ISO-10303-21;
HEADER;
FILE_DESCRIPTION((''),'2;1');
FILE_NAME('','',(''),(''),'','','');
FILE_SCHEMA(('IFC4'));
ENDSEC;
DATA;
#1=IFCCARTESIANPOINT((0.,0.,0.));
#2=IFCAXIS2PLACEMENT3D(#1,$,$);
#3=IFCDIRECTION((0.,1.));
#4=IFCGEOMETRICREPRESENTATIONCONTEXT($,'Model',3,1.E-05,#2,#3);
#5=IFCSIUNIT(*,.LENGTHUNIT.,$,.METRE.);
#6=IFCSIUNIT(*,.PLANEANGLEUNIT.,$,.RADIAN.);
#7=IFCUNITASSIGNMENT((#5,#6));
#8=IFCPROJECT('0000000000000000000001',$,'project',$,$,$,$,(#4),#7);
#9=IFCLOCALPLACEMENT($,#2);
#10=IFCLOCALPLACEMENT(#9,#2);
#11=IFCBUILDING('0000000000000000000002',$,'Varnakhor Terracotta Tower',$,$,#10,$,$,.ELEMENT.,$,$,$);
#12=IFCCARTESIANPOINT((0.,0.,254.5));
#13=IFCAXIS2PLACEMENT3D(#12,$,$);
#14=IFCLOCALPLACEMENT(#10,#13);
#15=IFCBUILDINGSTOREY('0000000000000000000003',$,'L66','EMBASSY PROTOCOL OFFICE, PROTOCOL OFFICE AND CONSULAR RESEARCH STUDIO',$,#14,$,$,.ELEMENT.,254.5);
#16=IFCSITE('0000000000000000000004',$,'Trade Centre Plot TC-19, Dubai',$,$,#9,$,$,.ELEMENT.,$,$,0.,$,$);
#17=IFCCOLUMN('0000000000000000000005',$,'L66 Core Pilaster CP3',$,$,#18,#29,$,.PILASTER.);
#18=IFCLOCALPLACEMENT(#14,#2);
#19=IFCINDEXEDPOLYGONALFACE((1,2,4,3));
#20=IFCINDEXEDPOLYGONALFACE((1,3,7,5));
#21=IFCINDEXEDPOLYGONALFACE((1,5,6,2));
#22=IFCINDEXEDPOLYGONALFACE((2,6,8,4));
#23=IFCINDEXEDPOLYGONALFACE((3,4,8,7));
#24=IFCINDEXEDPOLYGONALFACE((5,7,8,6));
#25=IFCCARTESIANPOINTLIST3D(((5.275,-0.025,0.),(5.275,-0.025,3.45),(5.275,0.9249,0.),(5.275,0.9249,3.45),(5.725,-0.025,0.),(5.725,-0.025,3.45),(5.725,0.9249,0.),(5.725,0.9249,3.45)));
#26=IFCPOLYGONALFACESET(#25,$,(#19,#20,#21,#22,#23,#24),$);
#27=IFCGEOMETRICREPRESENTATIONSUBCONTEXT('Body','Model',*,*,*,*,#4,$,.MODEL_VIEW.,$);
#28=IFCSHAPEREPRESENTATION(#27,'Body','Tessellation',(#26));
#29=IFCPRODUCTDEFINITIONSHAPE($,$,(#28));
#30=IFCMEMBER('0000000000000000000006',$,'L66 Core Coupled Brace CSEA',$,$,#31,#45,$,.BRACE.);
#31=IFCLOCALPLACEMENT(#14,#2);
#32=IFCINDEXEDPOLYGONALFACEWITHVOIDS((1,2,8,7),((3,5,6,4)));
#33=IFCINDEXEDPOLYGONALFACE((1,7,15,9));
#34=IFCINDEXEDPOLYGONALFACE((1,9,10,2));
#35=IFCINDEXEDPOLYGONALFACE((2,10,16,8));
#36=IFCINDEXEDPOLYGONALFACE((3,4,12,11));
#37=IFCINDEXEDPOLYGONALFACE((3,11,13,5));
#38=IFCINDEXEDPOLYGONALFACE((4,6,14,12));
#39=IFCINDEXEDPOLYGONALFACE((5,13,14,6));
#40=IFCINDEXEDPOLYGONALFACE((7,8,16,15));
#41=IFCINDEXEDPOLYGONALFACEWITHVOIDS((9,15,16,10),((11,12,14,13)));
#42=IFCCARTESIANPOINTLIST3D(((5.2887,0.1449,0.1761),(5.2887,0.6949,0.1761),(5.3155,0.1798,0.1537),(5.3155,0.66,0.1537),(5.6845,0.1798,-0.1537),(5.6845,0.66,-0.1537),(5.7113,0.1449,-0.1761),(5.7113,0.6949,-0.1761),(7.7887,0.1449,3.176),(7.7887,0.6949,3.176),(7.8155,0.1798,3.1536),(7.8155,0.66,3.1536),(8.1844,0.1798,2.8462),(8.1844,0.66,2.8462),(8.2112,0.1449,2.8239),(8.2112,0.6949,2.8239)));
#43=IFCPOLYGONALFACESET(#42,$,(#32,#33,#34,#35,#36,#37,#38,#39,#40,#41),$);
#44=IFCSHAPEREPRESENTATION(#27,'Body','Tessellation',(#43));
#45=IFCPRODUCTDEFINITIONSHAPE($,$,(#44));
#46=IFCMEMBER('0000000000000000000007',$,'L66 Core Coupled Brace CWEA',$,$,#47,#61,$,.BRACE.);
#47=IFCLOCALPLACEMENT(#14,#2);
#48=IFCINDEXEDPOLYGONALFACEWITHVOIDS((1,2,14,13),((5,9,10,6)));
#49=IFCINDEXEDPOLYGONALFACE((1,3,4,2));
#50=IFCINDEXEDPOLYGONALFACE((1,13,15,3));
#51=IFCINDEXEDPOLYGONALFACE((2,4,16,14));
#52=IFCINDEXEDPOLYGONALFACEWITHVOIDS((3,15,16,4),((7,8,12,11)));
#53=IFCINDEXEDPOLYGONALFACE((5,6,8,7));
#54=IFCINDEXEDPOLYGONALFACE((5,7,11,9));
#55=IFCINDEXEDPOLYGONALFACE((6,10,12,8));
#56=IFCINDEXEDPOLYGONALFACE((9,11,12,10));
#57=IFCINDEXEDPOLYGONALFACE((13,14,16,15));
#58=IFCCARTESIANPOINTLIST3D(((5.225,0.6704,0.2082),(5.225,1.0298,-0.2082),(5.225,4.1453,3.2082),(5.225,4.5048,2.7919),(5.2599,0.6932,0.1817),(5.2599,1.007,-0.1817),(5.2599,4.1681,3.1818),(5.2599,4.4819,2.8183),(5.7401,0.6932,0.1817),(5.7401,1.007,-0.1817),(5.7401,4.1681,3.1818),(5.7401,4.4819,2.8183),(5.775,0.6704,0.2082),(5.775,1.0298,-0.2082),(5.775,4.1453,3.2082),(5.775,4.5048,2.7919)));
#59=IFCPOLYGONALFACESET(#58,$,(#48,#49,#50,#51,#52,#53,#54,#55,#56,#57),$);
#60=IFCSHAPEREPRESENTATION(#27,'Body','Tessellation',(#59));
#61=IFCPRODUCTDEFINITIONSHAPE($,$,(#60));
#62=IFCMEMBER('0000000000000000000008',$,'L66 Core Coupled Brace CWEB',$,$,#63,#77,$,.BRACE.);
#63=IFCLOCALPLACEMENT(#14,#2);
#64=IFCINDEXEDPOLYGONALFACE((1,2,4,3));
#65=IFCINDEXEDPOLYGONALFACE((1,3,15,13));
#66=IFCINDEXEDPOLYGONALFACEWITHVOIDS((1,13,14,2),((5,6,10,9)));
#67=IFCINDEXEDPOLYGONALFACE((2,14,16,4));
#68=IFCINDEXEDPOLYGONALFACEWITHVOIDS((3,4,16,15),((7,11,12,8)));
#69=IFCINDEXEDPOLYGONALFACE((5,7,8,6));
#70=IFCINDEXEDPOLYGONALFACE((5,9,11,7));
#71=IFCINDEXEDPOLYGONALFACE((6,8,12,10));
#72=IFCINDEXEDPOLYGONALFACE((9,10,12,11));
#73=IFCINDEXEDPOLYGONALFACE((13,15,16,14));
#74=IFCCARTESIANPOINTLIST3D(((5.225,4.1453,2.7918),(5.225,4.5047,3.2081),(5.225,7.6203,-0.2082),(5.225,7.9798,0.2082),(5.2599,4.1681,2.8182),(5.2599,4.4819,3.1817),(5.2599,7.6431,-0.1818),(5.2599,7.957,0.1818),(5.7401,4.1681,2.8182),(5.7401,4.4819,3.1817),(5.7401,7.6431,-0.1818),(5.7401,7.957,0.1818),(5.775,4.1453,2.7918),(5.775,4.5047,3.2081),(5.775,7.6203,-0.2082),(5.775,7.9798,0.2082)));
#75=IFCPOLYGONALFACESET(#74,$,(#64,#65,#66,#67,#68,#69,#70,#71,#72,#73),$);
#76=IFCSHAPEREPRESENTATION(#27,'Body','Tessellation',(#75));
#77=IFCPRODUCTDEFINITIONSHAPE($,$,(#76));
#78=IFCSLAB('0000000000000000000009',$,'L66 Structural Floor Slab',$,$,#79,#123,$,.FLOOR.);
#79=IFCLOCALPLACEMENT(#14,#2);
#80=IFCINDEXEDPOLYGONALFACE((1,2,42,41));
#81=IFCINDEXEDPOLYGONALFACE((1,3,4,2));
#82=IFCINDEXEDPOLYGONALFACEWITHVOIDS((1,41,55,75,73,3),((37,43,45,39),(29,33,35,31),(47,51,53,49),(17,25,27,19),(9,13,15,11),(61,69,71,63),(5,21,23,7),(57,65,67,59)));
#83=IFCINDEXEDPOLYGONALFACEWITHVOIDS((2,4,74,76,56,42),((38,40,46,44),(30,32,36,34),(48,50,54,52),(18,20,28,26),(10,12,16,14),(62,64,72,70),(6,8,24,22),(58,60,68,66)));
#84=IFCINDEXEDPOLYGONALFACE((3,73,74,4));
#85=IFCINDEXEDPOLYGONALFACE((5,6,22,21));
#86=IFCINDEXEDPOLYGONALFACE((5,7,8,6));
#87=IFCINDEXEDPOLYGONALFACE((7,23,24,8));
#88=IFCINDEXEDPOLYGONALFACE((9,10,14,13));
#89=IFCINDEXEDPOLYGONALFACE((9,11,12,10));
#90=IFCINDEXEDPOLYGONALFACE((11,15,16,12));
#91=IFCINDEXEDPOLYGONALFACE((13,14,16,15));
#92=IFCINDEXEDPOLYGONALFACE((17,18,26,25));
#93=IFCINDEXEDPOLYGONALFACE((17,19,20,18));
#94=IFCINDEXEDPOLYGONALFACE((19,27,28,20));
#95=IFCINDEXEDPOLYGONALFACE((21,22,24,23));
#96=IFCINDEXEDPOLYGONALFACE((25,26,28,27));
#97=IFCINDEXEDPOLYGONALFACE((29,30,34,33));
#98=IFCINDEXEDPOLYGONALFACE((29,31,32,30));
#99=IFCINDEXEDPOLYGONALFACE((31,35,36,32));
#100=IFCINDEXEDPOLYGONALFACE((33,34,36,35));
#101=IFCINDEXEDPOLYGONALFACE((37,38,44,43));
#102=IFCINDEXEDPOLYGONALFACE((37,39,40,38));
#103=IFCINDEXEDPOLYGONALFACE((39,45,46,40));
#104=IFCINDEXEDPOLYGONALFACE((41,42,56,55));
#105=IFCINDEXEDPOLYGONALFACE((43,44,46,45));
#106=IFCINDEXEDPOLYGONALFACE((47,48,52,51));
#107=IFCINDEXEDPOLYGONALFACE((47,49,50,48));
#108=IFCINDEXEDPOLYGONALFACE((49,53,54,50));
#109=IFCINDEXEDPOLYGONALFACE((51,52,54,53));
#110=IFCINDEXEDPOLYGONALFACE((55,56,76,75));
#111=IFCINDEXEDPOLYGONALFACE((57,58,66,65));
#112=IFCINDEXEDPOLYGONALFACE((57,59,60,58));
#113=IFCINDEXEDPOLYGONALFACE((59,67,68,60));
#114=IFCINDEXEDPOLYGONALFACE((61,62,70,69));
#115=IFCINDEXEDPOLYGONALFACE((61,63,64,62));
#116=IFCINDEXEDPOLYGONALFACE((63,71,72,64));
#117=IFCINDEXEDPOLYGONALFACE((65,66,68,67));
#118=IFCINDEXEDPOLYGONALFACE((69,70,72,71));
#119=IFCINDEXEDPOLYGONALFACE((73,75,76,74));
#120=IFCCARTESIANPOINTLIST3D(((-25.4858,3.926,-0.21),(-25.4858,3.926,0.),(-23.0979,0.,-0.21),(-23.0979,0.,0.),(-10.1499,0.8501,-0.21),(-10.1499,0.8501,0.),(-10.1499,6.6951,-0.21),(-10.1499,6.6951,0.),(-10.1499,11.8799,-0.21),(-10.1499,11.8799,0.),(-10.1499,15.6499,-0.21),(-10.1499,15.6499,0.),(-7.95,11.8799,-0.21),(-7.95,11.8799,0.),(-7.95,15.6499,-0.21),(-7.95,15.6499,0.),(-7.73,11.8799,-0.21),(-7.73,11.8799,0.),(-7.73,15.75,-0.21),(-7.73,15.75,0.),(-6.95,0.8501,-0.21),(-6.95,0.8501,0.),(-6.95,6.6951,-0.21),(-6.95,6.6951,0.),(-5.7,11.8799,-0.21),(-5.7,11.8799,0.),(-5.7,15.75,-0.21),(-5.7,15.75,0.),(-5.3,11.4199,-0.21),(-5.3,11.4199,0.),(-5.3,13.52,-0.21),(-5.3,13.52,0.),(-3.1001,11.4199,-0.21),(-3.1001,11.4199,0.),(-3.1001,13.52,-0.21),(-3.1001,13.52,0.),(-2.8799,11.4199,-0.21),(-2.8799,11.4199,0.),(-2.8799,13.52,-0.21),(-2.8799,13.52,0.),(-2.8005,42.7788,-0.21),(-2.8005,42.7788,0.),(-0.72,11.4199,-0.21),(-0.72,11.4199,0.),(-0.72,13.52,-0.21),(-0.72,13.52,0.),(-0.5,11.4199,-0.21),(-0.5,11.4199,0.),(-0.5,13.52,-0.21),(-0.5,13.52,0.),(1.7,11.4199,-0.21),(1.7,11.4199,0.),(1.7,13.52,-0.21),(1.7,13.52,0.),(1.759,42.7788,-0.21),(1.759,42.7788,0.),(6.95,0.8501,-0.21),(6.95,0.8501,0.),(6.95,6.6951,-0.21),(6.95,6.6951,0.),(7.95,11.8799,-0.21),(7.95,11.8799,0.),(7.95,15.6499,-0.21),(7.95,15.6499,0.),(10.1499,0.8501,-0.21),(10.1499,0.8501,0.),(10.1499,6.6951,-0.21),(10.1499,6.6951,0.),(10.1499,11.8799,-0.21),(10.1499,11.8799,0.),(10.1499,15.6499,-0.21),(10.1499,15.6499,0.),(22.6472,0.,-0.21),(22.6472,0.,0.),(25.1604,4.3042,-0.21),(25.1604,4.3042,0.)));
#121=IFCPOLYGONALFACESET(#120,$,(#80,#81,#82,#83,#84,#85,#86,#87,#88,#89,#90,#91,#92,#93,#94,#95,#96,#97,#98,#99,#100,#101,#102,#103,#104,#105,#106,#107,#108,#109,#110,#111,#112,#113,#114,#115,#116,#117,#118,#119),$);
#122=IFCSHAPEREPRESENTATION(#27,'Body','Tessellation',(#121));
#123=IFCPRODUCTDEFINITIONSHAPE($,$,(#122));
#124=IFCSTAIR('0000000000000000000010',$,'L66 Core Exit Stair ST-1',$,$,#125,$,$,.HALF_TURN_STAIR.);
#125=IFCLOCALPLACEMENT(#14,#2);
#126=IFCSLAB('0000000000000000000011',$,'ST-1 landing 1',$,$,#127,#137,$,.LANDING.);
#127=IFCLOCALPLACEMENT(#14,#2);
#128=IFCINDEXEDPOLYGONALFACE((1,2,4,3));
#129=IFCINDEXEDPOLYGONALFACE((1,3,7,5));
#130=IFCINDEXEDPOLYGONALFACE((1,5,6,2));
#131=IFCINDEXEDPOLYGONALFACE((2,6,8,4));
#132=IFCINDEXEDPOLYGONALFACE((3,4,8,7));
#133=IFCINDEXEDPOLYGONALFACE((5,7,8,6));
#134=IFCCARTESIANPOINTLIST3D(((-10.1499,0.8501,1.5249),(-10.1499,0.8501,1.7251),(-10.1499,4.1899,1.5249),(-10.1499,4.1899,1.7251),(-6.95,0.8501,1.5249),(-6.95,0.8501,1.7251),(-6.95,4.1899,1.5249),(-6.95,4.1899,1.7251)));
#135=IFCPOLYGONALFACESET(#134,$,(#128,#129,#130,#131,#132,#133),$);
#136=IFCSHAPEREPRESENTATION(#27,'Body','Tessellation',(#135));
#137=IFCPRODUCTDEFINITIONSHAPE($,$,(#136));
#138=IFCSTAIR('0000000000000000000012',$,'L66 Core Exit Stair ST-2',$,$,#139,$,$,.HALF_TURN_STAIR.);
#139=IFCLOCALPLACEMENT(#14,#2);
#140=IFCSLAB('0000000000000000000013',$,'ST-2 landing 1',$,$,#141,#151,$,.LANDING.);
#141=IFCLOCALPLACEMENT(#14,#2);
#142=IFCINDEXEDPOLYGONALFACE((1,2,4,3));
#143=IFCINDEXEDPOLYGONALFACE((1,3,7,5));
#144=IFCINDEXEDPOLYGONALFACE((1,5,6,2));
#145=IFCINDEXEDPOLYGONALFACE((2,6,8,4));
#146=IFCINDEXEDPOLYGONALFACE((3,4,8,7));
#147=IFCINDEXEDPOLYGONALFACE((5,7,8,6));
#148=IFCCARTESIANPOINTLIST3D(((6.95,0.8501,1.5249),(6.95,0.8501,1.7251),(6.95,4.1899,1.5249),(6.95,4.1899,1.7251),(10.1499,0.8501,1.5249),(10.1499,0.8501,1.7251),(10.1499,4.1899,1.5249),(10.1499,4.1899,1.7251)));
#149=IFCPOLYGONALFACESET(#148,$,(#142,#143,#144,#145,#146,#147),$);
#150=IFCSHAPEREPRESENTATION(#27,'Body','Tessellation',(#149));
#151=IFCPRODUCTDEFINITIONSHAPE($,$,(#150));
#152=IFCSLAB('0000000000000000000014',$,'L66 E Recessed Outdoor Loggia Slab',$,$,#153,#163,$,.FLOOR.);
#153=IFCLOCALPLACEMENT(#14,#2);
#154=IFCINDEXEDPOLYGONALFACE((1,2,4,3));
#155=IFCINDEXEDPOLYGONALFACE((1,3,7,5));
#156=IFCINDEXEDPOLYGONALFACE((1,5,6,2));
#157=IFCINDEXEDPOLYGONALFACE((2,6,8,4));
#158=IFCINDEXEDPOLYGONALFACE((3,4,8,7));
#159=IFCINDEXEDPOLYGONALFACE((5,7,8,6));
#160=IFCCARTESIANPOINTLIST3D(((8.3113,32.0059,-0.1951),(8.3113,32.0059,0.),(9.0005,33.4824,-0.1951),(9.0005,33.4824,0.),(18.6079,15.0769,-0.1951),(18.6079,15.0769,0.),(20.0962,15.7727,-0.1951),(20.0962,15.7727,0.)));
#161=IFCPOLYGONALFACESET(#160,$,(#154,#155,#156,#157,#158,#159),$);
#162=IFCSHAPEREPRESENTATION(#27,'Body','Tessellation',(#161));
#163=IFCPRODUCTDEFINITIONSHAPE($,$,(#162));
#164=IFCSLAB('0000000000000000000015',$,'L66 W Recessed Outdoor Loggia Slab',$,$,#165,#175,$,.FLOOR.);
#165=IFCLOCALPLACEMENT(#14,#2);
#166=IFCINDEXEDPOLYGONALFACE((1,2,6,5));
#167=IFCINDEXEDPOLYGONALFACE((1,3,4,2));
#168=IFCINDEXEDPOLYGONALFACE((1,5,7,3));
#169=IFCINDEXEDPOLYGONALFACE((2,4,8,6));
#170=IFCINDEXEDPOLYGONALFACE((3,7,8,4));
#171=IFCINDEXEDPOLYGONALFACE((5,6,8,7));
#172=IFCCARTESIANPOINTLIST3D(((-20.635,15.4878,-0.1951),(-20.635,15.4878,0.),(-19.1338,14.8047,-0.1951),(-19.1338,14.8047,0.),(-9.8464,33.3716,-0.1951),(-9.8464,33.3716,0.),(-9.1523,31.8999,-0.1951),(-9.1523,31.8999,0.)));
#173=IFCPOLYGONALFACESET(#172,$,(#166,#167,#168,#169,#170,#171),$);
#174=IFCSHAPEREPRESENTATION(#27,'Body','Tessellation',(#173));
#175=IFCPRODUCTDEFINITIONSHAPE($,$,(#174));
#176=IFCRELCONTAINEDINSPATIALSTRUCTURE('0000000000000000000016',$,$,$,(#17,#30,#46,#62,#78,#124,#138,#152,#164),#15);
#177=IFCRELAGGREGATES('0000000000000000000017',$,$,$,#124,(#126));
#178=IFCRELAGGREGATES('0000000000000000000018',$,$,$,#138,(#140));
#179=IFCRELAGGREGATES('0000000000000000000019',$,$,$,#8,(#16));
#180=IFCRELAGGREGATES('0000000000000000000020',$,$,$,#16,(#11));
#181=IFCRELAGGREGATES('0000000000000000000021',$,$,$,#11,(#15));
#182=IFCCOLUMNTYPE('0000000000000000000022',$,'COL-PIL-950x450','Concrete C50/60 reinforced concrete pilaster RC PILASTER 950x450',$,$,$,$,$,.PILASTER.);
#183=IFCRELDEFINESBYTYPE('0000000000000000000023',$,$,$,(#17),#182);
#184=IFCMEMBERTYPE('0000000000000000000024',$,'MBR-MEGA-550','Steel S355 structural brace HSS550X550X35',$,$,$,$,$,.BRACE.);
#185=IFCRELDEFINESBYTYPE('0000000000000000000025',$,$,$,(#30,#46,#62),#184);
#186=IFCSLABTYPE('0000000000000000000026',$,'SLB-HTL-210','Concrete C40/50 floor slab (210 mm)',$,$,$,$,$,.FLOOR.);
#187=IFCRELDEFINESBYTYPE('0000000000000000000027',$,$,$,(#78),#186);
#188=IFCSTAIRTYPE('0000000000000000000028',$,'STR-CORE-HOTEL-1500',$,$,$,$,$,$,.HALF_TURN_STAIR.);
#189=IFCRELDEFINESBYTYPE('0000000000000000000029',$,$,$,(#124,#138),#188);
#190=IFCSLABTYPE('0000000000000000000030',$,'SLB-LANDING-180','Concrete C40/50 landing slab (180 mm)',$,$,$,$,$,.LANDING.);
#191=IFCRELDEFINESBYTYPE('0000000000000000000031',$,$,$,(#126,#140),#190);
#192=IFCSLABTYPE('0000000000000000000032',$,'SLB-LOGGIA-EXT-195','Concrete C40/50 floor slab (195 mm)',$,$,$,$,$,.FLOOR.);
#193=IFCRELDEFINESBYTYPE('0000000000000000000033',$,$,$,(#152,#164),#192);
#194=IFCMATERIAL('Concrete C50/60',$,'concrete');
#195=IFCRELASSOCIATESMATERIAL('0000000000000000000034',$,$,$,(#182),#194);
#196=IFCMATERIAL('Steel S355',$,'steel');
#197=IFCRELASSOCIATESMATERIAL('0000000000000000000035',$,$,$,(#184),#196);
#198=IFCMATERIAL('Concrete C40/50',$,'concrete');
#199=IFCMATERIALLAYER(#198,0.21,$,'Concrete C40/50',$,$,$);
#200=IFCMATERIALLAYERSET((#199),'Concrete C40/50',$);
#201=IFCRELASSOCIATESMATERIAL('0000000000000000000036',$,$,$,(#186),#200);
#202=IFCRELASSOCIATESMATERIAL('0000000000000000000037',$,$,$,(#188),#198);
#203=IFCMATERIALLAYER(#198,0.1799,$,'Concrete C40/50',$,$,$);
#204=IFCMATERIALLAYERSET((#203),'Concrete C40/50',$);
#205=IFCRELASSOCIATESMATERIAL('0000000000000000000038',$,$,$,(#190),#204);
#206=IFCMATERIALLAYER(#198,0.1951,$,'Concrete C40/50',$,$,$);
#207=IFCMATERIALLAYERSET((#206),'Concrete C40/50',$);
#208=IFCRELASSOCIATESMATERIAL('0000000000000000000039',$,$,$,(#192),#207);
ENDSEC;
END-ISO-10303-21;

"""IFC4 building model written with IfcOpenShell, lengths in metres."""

from ifc_helpers import new_model, si_unit, direction, frame, origin, origin_2d, place, context, subcontext, project, spatial, polyline, rectangle, hollow_rectangle, outline, extrude, source, transform, mapped, material, layer, layer_set, material_profile, profile_set, type_object, element, aggregate, save


model = new_model("IFC4")

# Units and contexts
model_context = context("Model", 3, precision=1e-05, world=origin(), true_north=direction((0.0, 1.0)))
body_context = subcontext(model_context, "Body", "Model", "MODEL_VIEW")
ifc_project = project(units=[si_unit("LENGTHUNIT", "METRE"), si_unit("PLANEANGLEUNIT", "RADIAN")], contexts=[model_context])

# Site, building, storey
site_placement = place(None, origin())
site = spatial("IfcSite", under=ifc_project, at=site_placement, Name="Trade Centre Plot TC-19, Dubai", CompositionType="ELEMENT", RefElevation=0.0)
building_placement = place(site_placement, origin())
building = spatial("IfcBuilding", under=site, at=building_placement, Name="Varnakhor Terracotta Tower", CompositionType="ELEMENT")
storey_placement = place(building_placement, frame((0.0, 0.0, 254.5)))
storey = spatial("IfcBuildingStorey", under=building, at=storey_placement, Name="L66", Description="EMBASSY PROTOCOL OFFICE, PROTOCOL OFFICE AND CONSULAR RESEARCH STUDIO", CompositionType="ELEMENT", Elevation=254.5)

# Column
ifc_material_1 = material(Name="Concrete C50/60", Category="concrete")
ifc_material_profile_1 = material_profile(ifc_material_1, rectangle(XDim=0.45, YDim=0.95, at=origin_2d()), Name="RC PILASTER 950x450")
ifc_profile_set_1 = profile_set([ifc_material_profile_1], Name="Concrete C50/60")
column_type = type_object("IfcColumnType", Name="COL-PIL-950x450", Description="Concrete C50/60 reinforced concrete pilaster RC PILASTER 950x450", PredefinedType="PILASTER", material=ifc_profile_set_1)
shared_shape_1 = source(origin(), body_context, "Body", "SweptSolid", [
    extrude(rectangle(XDim=0.45, YDim=0.95, at=origin_2d()), origin(), (0.0, 0.0, 1.0), 3.45),
])
column_placement = place(storey_placement, frame((5.5, 0.45, 0.0), z_axis=(0.0, 0.0, 1.0), x_axis=(1.0, 0.0, 0.0)))
element("IfcColumn", 1, at=column_placement, inside=storey, type_object=column_type, Name="L66 Core Pilaster CP3", PredefinedType="PILASTER", context=body_context, shape_type="MappedRepresentation", body=[
    mapped(shared_shape_1, transform((0.0, 0.0, 0.0), scale=1.0)),
])

# Members
ifc_material_2 = material(Name="Steel S355", Category="steel")
ifc_material_profile_2 = material_profile(ifc_material_2, hollow_rectangle(XDim=0.55, YDim=0.55, WallThickness=0.0349, at=origin_2d()), Name="HSS550X550X35")
ifc_profile_set_2 = profile_set([ifc_material_profile_2], Name="Steel S355")
member_type = type_object("IfcMemberType", Name="MBR-MEGA-550", Description="Steel S355 structural brace HSS550X550X35", PredefinedType="BRACE", material=ifc_profile_set_2)
shared_shape_2 = source(origin(), body_context, "Body", "SweptSolid", [
    extrude(hollow_rectangle(XDim=0.55, YDim=0.55, WallThickness=0.0349, at=origin_2d()), origin(), (0.0, 0.0, 1.0), 3.905),
])
member_placement = place(storey_placement, frame((5.5, 0.4199, 0.0), z_axis=(0.640184, 0.0, 0.768221), x_axis=(0.0, 1.0, 0.0)))
element("IfcMember", 2, at=member_placement, inside=storey, type_object=member_type, Name="L66 Core Coupled Brace CSEA", PredefinedType="BRACE", context=body_context, shape_type="MappedRepresentation", body=[
    mapped(shared_shape_2, transform((0.0, 0.0, 0.0), scale=1.0)),
])
shared_shape_3 = source(origin(), body_context, "Body", "SweptSolid", [
    extrude(hollow_rectangle(XDim=0.55, YDim=0.55, WallThickness=0.0349, at=origin_2d()), origin(), (0.0, 0.0, 1.0), 4.5908),
])
for number, where, z_axis, x_axis, name in (
    (3, (5.5, 0.8501, 0.0), (0.0, 0.756932, 0.653494), (-1.0, 0.0, 0.0), "L66 Core Coupled Brace CWEA"),
    (4, (5.5, 7.8, 0.0), (0.0, -0.756955, 0.653468), (1.0, 0.0, 0.0), "L66 Core Coupled Brace CWEB"),
):
    element("IfcMember", number, at=place(storey_placement, frame(where, z_axis=z_axis, x_axis=x_axis)), inside=storey, type_object=member_type, Name=name, PredefinedType="BRACE", context=body_context, shape_type="MappedRepresentation", body=[
        mapped(shared_shape_3, transform((0.0, 0.0, 0.0), scale=1.0)),
    ])

# Slab
ifc_material_3 = material(Name="Concrete C40/50", Category="concrete")
ifc_layer_1 = layer(ifc_material_3, 0.21, Name="Concrete C40/50")
ifc_layer_set_1 = layer_set([ifc_layer_1], Name="Concrete C40/50")
slab_type_1 = type_object("IfcSlabType", Name="SLB-HTL-210", Description="Concrete C40/50 floor slab (210 mm)", PredefinedType="FLOOR", material=ifc_layer_set_1)
slab_1_placement = place(storey_placement, frame((0.0, 0.0, -0.21)))
element("IfcSlab", 5, at=slab_1_placement, inside=storey, type_object=slab_type_1, Name="L66 Structural Floor Slab", PredefinedType="FLOOR", context=body_context, shape_type="SweptSolid", body=[
    extrude(outline(polyline([(-25.4858, 3.926), (-2.8005, 42.7788), (1.759, 42.7788), (25.1604, 4.3042), (22.6472, 0.0), (-23.0979, 0.0), (-25.4858, 3.926)]), holes=[polyline([(-6.95, 0.8501), (-6.95, 6.6951), (-10.1499, 6.6951), (-10.1499, 0.8501), (-6.95, 0.8501)]), polyline([(10.1499, 0.8501), (10.1499, 6.6951), (6.95, 6.6951), (6.95, 0.8501), (10.1499, 0.8501)]), polyline([(-3.1001, 11.4199), (-3.1001, 13.52), (-5.3, 13.52), (-5.3, 11.4199), (-3.1001, 11.4199)]), polyline([(-0.72, 11.4199), (-0.72, 13.52), (-2.8799, 13.52), (-2.8799, 11.4199), (-0.72, 11.4199)]), polyline([(1.7, 11.4199), (1.7, 13.52), (-0.5, 13.52), (-0.5, 11.4199), (1.7, 11.4199)]), polyline([(-7.95, 11.8799), (-7.95, 15.6499), (-10.1499, 15.6499), (-10.1499, 11.8799), (-7.95, 11.8799)]), polyline([(10.1499, 11.8799), (10.1499, 15.6499), (7.95, 15.6499), (7.95, 11.8799), (10.1499, 11.8799)]), polyline([(-5.7, 11.8799), (-5.7, 15.75), (-7.73, 15.75), (-7.73, 11.8799), (-5.7, 11.8799)])]), origin(), (0.0, 0.0, 1.0), 0.21),
])

# Stairs, slabs
stair_type = type_object("IfcStairType", Name="STR-CORE-HOTEL-1500", PredefinedType="HALF_TURN_STAIR", material=ifc_material_3)
stair_1_placement = place(storey_placement, origin())
stair_1 = element("IfcStair", 6, at=stair_1_placement, inside=storey, type_object=stair_type, Name="L66 Core Exit Stair ST-1", PredefinedType="HALF_TURN_STAIR")
ifc_layer_2 = layer(ifc_material_3, 0.1799, Name="Concrete C40/50")
ifc_layer_set_2 = layer_set([ifc_layer_2], Name="Concrete C40/50")
slab_type_2 = type_object("IfcSlabType", Name="SLB-LANDING-180", Description="Concrete C40/50 landing slab (180 mm)", PredefinedType="LANDING", material=ifc_layer_set_2)
slab_2_placement = place(storey_placement, frame((0.0, 0.0, 1.5249)))
slab_2 = element("IfcSlab", 7, at=slab_2_placement, type_object=slab_type_2, Name="ST-1 landing 1", PredefinedType="LANDING", context=body_context, shape_type="SweptSolid", body=[
    extrude(outline(polyline([(-10.1499, 4.1899), (-10.1499, 0.8501), (-6.95, 0.8501), (-6.95, 4.1899), (-10.1499, 4.1899)])), origin(), (0.0, 0.0, 1.0), 0.2002),
])
aggregate(stair_1, [slab_2])
stair_2_placement = place(storey_placement, origin())
stair_2 = element("IfcStair", 8, at=stair_2_placement, inside=storey, type_object=stair_type, Name="L66 Core Exit Stair ST-2", PredefinedType="HALF_TURN_STAIR")
slab_3_placement = place(storey_placement, frame((0.0, 0.0, 1.5249)))
slab_3 = element("IfcSlab", 9, at=slab_3_placement, type_object=slab_type_2, Name="ST-2 landing 1", PredefinedType="LANDING", context=body_context, shape_type="SweptSolid", body=[
    extrude(outline(polyline([(6.95, 4.1899), (6.95, 0.8501), (10.1499, 0.8501), (10.1499, 4.1899), (6.95, 4.1899)])), origin(), (0.0, 0.0, 1.0), 0.2002),
])

# Slabs
ifc_layer_3 = layer(ifc_material_3, 0.1951, Name="Concrete C40/50")
ifc_layer_set_3 = layer_set([ifc_layer_3], Name="Concrete C40/50")
slab_type_3 = type_object("IfcSlabType", Name="SLB-LOGGIA-EXT-195", Description="Concrete C40/50 floor slab (195 mm)", PredefinedType="FLOOR", material=ifc_layer_set_3)
slab_4_placement = place(storey_placement, frame((0.0, 0.0, -0.1951)))
element("IfcSlab", 10, at=slab_4_placement, inside=storey, type_object=slab_type_3, Name="L66 E Recessed Outdoor Loggia Slab", PredefinedType="FLOOR", context=body_context, shape_type="SweptSolid", body=[
    extrude(outline(polyline([(9.0005, 33.4824), (20.0962, 15.7727), (18.6079, 15.0769), (8.3113, 32.0059), (9.0005, 33.4824)])), origin(), (0.0, 0.0, 1.0), 0.1951),
])
slab_5_placement = place(storey_placement, frame((0.0, 0.0, -0.1951)))
element("IfcSlab", 11, at=slab_5_placement, inside=storey, type_object=slab_type_3, Name="L66 W Recessed Outdoor Loggia Slab", PredefinedType="FLOOR", context=body_context, shape_type="SweptSolid", body=[
    extrude(outline(polyline([(-20.635, 15.4878), (-9.8464, 33.3716), (-9.1523, 31.8999), (-19.1338, 14.8047), (-20.635, 15.4878)])), origin(), (0.0, 0.0, 1.0), 0.1951),
])

aggregate(stair_2, [slab_3])

save(model, "model.ifc")
